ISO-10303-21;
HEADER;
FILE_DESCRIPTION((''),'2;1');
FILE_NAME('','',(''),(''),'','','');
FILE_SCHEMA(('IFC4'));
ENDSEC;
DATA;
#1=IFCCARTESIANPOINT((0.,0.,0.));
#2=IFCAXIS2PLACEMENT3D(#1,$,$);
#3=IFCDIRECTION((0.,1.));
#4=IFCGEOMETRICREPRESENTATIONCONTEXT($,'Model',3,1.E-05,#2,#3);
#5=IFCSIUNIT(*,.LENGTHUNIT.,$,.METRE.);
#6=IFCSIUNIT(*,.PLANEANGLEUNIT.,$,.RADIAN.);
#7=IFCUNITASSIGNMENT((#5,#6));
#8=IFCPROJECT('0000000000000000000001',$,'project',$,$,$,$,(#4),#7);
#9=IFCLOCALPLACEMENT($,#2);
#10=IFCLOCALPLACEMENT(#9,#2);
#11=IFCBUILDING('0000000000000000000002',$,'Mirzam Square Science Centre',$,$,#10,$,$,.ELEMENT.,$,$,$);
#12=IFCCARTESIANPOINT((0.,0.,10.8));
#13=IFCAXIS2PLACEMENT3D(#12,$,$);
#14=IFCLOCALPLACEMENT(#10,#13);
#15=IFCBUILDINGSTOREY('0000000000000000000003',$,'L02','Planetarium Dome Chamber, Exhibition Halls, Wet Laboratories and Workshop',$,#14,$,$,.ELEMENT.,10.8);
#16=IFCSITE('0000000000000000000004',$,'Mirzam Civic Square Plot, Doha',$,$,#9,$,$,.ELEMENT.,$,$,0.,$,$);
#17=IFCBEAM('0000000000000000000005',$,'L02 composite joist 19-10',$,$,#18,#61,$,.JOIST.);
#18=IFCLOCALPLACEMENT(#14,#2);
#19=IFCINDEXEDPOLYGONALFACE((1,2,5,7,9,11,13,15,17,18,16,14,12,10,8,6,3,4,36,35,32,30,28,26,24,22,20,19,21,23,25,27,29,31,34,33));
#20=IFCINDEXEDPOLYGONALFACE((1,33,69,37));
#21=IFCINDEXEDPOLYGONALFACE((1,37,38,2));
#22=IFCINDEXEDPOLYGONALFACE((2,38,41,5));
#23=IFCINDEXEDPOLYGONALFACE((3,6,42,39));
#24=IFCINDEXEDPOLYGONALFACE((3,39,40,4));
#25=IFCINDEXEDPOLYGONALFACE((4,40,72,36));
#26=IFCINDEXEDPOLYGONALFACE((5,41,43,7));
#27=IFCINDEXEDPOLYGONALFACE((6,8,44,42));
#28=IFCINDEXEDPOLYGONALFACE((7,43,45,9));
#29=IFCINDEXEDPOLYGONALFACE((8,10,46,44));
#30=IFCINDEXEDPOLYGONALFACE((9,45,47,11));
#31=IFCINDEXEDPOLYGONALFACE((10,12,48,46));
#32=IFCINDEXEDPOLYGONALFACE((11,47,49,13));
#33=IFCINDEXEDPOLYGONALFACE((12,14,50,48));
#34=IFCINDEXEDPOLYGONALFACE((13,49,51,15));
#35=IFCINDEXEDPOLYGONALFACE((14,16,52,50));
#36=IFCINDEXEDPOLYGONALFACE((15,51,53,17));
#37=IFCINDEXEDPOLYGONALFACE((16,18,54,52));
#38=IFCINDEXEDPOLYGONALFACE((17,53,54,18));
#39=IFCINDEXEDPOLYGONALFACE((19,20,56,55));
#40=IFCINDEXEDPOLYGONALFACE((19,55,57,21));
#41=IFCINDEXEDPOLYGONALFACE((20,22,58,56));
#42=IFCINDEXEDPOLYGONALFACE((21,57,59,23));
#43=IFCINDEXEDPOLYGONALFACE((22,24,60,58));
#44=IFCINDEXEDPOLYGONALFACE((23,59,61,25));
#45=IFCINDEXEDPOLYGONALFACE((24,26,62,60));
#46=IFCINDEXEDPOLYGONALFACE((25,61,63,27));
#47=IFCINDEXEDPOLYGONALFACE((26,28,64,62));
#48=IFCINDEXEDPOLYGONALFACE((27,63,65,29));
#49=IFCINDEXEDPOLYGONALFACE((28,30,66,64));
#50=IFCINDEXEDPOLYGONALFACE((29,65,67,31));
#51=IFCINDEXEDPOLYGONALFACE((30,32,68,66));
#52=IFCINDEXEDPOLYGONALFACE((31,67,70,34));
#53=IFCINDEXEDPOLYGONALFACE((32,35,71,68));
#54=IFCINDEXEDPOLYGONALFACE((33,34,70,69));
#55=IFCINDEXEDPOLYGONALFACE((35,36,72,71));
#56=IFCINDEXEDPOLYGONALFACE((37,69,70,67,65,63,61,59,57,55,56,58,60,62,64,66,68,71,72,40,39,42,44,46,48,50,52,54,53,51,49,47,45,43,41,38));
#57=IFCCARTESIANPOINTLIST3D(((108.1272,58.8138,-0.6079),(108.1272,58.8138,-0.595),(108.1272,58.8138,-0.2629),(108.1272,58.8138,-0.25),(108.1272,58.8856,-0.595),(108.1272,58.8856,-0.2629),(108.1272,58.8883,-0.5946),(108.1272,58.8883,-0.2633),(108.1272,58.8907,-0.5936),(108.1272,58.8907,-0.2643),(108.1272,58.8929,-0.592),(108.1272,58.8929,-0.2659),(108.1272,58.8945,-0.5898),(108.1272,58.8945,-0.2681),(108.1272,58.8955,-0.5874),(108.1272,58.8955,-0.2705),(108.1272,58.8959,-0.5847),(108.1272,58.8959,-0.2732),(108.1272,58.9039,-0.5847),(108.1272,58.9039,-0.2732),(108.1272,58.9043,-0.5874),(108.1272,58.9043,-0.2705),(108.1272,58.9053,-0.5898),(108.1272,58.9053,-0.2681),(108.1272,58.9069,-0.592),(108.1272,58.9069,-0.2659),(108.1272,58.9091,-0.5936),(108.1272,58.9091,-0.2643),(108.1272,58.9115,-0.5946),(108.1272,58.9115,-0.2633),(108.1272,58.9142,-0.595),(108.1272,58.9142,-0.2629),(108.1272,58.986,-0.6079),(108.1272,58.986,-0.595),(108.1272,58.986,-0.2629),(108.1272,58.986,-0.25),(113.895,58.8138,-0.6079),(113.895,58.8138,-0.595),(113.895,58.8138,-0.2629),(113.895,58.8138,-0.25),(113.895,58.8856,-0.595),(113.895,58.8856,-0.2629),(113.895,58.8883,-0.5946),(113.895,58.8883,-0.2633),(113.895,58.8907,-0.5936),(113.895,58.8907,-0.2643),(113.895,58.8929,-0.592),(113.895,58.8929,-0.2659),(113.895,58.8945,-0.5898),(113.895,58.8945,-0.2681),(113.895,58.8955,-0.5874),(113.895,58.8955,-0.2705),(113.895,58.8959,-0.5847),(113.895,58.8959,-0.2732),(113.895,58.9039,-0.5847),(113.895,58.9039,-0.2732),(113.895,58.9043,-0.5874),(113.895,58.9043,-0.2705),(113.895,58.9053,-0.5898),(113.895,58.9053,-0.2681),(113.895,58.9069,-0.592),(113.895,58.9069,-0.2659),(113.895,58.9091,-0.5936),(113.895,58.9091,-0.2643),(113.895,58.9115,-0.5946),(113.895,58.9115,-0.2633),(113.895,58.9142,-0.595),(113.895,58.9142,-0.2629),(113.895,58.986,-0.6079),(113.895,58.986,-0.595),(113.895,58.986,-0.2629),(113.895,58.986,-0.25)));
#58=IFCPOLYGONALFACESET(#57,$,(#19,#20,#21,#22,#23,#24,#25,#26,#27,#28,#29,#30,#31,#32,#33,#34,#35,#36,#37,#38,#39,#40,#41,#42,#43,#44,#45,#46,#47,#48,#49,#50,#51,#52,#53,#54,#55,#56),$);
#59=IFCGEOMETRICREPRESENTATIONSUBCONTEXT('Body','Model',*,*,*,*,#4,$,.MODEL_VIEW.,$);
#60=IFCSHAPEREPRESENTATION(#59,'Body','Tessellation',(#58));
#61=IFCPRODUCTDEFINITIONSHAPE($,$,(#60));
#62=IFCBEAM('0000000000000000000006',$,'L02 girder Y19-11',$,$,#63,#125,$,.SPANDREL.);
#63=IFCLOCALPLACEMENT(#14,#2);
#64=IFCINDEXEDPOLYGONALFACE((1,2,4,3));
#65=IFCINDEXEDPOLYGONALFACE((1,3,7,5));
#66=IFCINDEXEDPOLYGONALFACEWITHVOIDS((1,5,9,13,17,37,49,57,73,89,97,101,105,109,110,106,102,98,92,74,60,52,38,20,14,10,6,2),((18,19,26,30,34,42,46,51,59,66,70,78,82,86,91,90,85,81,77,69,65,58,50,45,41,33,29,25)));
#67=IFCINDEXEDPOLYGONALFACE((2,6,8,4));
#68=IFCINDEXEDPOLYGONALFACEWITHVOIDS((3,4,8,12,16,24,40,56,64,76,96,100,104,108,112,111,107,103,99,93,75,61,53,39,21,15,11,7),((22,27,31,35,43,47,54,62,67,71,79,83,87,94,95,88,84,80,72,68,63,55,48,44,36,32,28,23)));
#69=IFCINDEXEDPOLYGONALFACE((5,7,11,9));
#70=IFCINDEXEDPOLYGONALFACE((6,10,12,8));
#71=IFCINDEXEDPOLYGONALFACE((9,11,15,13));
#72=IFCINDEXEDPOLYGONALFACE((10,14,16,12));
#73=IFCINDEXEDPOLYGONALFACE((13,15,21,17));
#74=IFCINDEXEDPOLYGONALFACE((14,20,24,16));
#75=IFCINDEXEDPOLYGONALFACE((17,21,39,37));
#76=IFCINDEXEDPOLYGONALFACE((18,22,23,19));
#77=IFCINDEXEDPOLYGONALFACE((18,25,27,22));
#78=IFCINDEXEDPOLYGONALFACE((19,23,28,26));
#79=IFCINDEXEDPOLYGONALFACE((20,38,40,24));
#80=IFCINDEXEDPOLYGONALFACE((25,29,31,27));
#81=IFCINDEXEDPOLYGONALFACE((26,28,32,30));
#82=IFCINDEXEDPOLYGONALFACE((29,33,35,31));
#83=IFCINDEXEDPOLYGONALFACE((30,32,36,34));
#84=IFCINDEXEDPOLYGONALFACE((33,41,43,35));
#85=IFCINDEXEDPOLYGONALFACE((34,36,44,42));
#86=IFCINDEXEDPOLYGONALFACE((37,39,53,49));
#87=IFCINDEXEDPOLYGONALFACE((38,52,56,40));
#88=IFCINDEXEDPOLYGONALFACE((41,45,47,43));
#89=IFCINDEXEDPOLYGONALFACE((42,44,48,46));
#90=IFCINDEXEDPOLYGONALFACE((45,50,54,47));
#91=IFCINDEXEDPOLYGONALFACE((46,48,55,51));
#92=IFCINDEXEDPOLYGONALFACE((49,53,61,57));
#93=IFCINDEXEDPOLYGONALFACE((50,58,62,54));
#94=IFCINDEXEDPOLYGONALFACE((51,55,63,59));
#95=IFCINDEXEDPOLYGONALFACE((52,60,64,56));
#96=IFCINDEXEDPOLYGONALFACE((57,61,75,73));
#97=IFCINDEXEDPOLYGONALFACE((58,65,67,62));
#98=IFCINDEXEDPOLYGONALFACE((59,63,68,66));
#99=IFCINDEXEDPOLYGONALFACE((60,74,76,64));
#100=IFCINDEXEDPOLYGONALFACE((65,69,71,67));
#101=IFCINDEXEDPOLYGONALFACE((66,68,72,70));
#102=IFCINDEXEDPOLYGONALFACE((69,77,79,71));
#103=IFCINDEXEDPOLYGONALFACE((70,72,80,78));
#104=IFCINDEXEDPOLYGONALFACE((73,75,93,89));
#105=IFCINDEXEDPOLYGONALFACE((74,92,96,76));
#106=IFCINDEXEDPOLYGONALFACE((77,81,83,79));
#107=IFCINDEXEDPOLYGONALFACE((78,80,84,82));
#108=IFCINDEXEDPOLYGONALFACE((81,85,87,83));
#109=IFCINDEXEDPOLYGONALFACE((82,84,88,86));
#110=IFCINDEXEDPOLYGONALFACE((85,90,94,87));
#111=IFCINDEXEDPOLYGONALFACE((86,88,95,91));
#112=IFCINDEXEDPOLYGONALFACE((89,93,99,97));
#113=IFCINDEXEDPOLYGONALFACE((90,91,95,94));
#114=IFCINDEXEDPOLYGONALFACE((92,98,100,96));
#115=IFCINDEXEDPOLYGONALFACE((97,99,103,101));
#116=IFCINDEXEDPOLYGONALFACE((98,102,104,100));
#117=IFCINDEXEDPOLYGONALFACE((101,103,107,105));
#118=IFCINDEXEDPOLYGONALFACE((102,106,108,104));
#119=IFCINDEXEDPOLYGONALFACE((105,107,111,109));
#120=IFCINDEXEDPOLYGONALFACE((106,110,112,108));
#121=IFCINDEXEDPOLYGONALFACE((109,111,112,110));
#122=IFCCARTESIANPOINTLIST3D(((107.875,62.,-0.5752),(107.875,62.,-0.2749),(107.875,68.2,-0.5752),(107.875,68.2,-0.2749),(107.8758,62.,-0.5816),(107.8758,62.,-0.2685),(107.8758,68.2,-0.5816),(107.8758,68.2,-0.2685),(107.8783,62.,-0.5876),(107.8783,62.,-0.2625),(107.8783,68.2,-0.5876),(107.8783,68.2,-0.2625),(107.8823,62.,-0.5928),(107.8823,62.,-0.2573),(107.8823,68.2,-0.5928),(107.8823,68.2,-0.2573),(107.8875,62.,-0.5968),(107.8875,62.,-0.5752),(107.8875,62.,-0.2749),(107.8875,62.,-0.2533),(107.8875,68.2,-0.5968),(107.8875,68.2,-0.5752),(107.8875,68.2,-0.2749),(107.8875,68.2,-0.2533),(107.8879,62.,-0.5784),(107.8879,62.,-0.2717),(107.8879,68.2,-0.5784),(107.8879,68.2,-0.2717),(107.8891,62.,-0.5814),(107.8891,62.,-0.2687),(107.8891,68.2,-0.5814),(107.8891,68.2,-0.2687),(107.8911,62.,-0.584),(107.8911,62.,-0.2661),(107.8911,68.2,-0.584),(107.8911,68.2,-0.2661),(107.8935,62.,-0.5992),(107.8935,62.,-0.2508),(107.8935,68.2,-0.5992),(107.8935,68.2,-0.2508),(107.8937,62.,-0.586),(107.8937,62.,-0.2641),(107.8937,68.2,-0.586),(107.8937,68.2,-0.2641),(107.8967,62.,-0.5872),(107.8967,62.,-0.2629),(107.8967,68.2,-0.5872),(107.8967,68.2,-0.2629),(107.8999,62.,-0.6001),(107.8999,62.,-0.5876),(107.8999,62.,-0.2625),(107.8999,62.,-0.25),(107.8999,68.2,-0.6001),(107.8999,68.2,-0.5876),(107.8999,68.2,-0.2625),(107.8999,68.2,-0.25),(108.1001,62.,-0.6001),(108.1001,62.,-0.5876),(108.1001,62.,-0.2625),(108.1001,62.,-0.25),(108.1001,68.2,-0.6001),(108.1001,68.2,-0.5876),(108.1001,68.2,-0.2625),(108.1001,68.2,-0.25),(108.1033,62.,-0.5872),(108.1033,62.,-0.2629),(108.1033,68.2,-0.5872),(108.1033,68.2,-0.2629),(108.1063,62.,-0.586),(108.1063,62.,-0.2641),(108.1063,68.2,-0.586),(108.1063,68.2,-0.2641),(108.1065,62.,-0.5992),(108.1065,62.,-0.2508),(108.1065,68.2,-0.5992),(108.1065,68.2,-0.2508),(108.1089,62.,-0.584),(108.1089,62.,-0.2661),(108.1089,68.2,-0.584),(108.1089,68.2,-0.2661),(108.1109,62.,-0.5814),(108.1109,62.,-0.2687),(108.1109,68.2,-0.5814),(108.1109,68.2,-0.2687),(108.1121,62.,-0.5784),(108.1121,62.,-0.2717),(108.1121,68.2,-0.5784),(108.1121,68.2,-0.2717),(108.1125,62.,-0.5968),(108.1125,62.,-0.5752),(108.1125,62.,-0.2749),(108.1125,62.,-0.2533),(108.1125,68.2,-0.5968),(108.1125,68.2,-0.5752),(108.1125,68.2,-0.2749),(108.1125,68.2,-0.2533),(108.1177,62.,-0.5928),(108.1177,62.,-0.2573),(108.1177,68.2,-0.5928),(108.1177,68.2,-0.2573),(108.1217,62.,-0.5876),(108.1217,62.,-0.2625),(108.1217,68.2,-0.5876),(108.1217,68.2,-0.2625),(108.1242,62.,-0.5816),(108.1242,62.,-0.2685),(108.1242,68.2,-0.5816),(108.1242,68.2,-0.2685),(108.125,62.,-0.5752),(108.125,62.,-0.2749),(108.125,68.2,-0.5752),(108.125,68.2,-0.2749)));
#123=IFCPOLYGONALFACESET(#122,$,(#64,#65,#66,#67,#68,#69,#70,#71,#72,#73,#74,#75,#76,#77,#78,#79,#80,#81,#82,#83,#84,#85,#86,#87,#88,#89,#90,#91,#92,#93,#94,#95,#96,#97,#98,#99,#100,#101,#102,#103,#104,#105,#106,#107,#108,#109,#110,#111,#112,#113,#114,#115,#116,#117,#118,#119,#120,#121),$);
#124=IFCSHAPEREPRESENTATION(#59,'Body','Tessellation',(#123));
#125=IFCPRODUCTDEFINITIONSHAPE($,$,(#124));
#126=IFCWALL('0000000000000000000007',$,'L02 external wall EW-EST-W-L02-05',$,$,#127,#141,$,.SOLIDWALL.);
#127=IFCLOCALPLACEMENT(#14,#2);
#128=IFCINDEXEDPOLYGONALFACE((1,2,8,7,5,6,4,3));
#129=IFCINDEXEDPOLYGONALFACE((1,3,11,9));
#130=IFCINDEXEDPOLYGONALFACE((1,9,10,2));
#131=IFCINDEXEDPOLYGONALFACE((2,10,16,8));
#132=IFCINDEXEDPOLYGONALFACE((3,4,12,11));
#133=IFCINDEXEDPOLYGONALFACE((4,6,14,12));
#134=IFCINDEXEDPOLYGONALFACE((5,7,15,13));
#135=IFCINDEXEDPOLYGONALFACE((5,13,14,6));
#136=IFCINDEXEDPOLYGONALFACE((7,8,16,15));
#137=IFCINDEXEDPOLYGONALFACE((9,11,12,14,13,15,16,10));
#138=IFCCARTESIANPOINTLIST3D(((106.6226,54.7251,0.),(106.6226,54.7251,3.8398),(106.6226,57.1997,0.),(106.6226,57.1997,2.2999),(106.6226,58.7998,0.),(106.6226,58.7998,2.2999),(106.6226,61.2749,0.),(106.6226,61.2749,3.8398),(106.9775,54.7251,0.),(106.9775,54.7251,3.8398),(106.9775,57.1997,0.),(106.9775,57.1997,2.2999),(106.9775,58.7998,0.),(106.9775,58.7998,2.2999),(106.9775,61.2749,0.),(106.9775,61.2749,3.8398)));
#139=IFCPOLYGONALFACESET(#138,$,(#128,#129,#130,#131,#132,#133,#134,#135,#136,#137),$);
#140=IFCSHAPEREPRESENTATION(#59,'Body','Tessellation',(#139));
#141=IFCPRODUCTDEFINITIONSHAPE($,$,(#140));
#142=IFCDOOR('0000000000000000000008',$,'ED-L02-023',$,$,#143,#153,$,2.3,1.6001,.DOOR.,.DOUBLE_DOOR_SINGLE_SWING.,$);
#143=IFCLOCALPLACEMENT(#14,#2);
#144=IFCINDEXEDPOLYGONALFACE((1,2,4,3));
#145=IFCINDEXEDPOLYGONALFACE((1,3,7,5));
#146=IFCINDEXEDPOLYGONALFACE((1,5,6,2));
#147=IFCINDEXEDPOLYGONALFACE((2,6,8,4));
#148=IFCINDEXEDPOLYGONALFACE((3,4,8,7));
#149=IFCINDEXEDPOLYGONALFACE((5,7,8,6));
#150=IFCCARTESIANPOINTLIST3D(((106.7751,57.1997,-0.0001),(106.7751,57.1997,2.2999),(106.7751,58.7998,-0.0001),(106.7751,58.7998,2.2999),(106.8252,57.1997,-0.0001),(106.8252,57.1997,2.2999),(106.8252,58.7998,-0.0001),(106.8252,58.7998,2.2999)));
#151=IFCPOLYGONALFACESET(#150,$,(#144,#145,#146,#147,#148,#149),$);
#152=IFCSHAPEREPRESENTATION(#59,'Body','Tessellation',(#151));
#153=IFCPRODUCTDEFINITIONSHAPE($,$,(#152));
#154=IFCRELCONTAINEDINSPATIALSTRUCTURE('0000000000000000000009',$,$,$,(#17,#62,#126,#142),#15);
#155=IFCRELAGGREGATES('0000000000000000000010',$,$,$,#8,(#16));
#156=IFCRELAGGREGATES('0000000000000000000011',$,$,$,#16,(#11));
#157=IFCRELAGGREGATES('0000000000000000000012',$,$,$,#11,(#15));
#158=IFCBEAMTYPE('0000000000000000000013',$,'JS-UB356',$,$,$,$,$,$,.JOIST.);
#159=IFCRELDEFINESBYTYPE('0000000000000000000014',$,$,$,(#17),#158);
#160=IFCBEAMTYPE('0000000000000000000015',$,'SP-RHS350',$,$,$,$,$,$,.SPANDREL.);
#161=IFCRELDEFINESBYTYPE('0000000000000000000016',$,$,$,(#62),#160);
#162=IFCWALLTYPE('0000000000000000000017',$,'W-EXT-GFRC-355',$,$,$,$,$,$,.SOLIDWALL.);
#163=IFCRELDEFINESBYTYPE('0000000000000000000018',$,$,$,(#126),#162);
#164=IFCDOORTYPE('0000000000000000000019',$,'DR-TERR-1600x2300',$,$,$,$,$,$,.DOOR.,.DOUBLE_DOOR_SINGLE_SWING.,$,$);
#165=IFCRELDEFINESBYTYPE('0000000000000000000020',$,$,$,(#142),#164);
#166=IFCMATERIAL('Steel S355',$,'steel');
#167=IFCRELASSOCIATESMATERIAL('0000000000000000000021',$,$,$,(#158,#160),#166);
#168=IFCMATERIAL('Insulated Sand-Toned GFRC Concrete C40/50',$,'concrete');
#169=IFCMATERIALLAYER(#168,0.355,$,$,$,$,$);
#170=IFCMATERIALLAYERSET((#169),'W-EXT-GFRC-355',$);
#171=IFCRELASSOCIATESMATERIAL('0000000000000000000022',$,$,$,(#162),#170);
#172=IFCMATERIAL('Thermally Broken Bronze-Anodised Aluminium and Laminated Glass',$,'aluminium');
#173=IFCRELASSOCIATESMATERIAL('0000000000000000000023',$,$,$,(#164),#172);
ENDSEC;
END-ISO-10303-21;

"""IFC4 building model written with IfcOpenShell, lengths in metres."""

from ifc_helpers import new_model, si_unit, direction, frame, frame_2d, origin, origin_2d, place, context, subcontext, project, spatial, rectangle, hollow_rectangle, i_section, extrude, material, layer, layer_set, material_profile, profile_set, type_object, element, fill, save


model = new_model("IFC4")

# Units and contexts
model_context = context("Model", 3, precision=1e-05, world=origin(), true_north=direction((0.0, 1.0)))
body_context = subcontext(model_context, "Body", "Model", "MODEL_VIEW")
ifc_project = project(units=[si_unit("LENGTHUNIT", "METRE"), si_unit("PLANEANGLEUNIT", "RADIAN")], contexts=[model_context])

# Site, building, storey
site_placement = place(None, origin())
site = spatial("IfcSite", under=ifc_project, at=site_placement, Name="Mirzam Civic Square Plot, Doha", CompositionType="ELEMENT", RefElevation=0.0)
building_placement = place(site_placement, origin())
building = spatial("IfcBuilding", under=site, at=building_placement, Name="Mirzam Square Science Centre", CompositionType="ELEMENT")
storey_placement = place(building_placement, frame((0.0, 0.0, 10.8)))
storey = spatial("IfcBuildingStorey", under=building, at=storey_placement, Name="L02", Description="Planetarium Dome Chamber, Exhibition Halls, Wet Laboratories and Workshop", CompositionType="ELEMENT", Elevation=10.8)

# Shared definitions
ifc_material_1 = material(Name="Steel S355", Category="steel")

# Beams
ifc_material_profile_1 = material_profile(ifc_material_1, i_section(OverallWidth=0.1721, OverallDepth=0.3579, WebThickness=0.0081, FlangeThickness=0.0129, FilletRadius=0.0103, at=origin_2d()), Name="356x171x57UB")
ifc_profile_set_1 = profile_set([ifc_material_profile_1], Name="Steel S355")
beam_type_1 = type_object("IfcBeamType", Name="JS-UB356", PredefinedType="JOIST", material=ifc_profile_set_1)
beam_1_placement = place(storey_placement, frame((108.1272, 58.8999, -0.429), z_axis=(1.0, 0.0, 0.0), x_axis=(0.0, 1.0, 0.0)))
element("IfcBeam", 1, at=beam_1_placement, inside=storey, type_object=beam_type_1, Name="L02 composite joist 19-10", PredefinedType="JOIST", context=body_context, shape_type="SweptSolid", body=[
    extrude(i_section(OverallWidth=0.1721, OverallDepth=0.3579, WebThickness=0.0081, FlangeThickness=0.0129, FilletRadius=0.0103, at=origin_2d()), origin(), (0.0, 0.0, 1.0), 5.7678),
])
ifc_material_profile_2 = material_profile(ifc_material_1, hollow_rectangle(XDim=0.25, YDim=0.3501, WallThickness=0.0125, InnerFilletRadius=0.0125, OuterFilletRadius=0.0249, at=origin_2d()), Name="350x250x12.5RHS")
ifc_profile_set_2 = profile_set([ifc_material_profile_2], Name="Steel S355")
beam_type_2 = type_object("IfcBeamType", Name="SP-RHS350", PredefinedType="SPANDREL", material=ifc_profile_set_2)
beam_2_placement = place(storey_placement, frame((108.0, 62.0, -0.425), z_axis=(0.0, 1.0, 0.0), x_axis=(-1.0, 0.0, 0.0)))
element("IfcBeam", 2, at=beam_2_placement, inside=storey, type_object=beam_type_2, Name="L02 girder Y19-11", PredefinedType="SPANDREL", context=body_context, shape_type="SweptSolid", body=[
    extrude(hollow_rectangle(XDim=0.25, YDim=0.3501, WallThickness=0.0125, InnerFilletRadius=0.0125, OuterFilletRadius=0.0249, at=origin_2d()), origin(), (0.0, 0.0, 1.0), 6.2),
])

# Wall, opening, door
ifc_material_2 = material(Name="Insulated Sand-Toned GFRC Concrete C40/50", Category="concrete")
ifc_layer_1 = layer(ifc_material_2, 0.355)
ifc_layer_set_1 = layer_set([ifc_layer_1], Name="W-EXT-GFRC-355")
wall_type_1 = type_object("IfcWallType", Name="W-EXT-GFRC-355", PredefinedType="SOLIDWALL", material=ifc_layer_set_1)
wall_1_placement = place(storey_placement, frame((106.8, 61.2749, 0.0), z_axis=(0.0, 0.0, 1.0), x_axis=(0.0, -1.0, 0.0)))
wall_1 = element("IfcWall", 3, at=wall_1_placement, inside=storey, type_object=wall_type_1, Name="L02 external wall EW-EST-W-L02-05", PredefinedType="SOLIDWALL", context=body_context, shape_type="SweptSolid", body=[
    extrude(rectangle(XDim=6.5498, YDim=0.355, at=frame_2d((3.2749, 0.0))), origin(), (0.0, 0.0, 1.0), 3.8398),
])
opening_1_placement = place(wall_1_placement, frame((2.4751, 0.0, 0.0)))
opening_1 = element("IfcOpeningElement", 4, at=opening_1_placement, cuts=wall_1, PredefinedType="OPENING", context=body_context, shape_type="SweptSolid", body=[
    extrude(rectangle(XDim=1.6001, YDim=2.3, at=frame_2d((0.8, 1.1499))), frame((0.0, 0.1875, 0.0), z_axis=(0.0, -1.0, 0.0), x_axis=(1.0, 0.0, 0.0)), (0.0, 0.0, 1.0), 0.375),
])
ifc_material_3 = material(Name="Thermally Broken Bronze-Anodised Aluminium and Laminated Glass", Category="aluminium")
door_type_1 = type_object("IfcDoorType", Name="DR-TERR-1600x2300", OperationType="DOUBLE_DOOR_SINGLE_SWING", PredefinedType="DOOR", material=ifc_material_3)
door_1_placement = place(opening_1_placement, frame((1.6001, 0.0, 0.0), z_axis=(0.0, 0.0, 1.0), x_axis=(-1.0, 0.0, 0.0)))
door_1 = element("IfcDoor", 5, at=door_1_placement, inside=storey, type_object=door_type_1, Name="ED-L02-023", OperationType="DOUBLE_DOOR_SINGLE_SWING", OverallHeight=2.3, OverallWidth=1.6001, PredefinedType="DOOR", context=body_context, shape_type="SweptSolid", body=[
    extrude(rectangle(XDim=1.6001, YDim=2.3, at=frame_2d((0.8, 1.1499))), frame((0.0, 0.0249, 0.0), z_axis=(0.0, -1.0, 0.0), x_axis=(1.0, 0.0, 0.0)), (0.0, 0.0, 1.0), 0.05),
])
fill(opening_1, door_1)

save(model, "model.ifc")
